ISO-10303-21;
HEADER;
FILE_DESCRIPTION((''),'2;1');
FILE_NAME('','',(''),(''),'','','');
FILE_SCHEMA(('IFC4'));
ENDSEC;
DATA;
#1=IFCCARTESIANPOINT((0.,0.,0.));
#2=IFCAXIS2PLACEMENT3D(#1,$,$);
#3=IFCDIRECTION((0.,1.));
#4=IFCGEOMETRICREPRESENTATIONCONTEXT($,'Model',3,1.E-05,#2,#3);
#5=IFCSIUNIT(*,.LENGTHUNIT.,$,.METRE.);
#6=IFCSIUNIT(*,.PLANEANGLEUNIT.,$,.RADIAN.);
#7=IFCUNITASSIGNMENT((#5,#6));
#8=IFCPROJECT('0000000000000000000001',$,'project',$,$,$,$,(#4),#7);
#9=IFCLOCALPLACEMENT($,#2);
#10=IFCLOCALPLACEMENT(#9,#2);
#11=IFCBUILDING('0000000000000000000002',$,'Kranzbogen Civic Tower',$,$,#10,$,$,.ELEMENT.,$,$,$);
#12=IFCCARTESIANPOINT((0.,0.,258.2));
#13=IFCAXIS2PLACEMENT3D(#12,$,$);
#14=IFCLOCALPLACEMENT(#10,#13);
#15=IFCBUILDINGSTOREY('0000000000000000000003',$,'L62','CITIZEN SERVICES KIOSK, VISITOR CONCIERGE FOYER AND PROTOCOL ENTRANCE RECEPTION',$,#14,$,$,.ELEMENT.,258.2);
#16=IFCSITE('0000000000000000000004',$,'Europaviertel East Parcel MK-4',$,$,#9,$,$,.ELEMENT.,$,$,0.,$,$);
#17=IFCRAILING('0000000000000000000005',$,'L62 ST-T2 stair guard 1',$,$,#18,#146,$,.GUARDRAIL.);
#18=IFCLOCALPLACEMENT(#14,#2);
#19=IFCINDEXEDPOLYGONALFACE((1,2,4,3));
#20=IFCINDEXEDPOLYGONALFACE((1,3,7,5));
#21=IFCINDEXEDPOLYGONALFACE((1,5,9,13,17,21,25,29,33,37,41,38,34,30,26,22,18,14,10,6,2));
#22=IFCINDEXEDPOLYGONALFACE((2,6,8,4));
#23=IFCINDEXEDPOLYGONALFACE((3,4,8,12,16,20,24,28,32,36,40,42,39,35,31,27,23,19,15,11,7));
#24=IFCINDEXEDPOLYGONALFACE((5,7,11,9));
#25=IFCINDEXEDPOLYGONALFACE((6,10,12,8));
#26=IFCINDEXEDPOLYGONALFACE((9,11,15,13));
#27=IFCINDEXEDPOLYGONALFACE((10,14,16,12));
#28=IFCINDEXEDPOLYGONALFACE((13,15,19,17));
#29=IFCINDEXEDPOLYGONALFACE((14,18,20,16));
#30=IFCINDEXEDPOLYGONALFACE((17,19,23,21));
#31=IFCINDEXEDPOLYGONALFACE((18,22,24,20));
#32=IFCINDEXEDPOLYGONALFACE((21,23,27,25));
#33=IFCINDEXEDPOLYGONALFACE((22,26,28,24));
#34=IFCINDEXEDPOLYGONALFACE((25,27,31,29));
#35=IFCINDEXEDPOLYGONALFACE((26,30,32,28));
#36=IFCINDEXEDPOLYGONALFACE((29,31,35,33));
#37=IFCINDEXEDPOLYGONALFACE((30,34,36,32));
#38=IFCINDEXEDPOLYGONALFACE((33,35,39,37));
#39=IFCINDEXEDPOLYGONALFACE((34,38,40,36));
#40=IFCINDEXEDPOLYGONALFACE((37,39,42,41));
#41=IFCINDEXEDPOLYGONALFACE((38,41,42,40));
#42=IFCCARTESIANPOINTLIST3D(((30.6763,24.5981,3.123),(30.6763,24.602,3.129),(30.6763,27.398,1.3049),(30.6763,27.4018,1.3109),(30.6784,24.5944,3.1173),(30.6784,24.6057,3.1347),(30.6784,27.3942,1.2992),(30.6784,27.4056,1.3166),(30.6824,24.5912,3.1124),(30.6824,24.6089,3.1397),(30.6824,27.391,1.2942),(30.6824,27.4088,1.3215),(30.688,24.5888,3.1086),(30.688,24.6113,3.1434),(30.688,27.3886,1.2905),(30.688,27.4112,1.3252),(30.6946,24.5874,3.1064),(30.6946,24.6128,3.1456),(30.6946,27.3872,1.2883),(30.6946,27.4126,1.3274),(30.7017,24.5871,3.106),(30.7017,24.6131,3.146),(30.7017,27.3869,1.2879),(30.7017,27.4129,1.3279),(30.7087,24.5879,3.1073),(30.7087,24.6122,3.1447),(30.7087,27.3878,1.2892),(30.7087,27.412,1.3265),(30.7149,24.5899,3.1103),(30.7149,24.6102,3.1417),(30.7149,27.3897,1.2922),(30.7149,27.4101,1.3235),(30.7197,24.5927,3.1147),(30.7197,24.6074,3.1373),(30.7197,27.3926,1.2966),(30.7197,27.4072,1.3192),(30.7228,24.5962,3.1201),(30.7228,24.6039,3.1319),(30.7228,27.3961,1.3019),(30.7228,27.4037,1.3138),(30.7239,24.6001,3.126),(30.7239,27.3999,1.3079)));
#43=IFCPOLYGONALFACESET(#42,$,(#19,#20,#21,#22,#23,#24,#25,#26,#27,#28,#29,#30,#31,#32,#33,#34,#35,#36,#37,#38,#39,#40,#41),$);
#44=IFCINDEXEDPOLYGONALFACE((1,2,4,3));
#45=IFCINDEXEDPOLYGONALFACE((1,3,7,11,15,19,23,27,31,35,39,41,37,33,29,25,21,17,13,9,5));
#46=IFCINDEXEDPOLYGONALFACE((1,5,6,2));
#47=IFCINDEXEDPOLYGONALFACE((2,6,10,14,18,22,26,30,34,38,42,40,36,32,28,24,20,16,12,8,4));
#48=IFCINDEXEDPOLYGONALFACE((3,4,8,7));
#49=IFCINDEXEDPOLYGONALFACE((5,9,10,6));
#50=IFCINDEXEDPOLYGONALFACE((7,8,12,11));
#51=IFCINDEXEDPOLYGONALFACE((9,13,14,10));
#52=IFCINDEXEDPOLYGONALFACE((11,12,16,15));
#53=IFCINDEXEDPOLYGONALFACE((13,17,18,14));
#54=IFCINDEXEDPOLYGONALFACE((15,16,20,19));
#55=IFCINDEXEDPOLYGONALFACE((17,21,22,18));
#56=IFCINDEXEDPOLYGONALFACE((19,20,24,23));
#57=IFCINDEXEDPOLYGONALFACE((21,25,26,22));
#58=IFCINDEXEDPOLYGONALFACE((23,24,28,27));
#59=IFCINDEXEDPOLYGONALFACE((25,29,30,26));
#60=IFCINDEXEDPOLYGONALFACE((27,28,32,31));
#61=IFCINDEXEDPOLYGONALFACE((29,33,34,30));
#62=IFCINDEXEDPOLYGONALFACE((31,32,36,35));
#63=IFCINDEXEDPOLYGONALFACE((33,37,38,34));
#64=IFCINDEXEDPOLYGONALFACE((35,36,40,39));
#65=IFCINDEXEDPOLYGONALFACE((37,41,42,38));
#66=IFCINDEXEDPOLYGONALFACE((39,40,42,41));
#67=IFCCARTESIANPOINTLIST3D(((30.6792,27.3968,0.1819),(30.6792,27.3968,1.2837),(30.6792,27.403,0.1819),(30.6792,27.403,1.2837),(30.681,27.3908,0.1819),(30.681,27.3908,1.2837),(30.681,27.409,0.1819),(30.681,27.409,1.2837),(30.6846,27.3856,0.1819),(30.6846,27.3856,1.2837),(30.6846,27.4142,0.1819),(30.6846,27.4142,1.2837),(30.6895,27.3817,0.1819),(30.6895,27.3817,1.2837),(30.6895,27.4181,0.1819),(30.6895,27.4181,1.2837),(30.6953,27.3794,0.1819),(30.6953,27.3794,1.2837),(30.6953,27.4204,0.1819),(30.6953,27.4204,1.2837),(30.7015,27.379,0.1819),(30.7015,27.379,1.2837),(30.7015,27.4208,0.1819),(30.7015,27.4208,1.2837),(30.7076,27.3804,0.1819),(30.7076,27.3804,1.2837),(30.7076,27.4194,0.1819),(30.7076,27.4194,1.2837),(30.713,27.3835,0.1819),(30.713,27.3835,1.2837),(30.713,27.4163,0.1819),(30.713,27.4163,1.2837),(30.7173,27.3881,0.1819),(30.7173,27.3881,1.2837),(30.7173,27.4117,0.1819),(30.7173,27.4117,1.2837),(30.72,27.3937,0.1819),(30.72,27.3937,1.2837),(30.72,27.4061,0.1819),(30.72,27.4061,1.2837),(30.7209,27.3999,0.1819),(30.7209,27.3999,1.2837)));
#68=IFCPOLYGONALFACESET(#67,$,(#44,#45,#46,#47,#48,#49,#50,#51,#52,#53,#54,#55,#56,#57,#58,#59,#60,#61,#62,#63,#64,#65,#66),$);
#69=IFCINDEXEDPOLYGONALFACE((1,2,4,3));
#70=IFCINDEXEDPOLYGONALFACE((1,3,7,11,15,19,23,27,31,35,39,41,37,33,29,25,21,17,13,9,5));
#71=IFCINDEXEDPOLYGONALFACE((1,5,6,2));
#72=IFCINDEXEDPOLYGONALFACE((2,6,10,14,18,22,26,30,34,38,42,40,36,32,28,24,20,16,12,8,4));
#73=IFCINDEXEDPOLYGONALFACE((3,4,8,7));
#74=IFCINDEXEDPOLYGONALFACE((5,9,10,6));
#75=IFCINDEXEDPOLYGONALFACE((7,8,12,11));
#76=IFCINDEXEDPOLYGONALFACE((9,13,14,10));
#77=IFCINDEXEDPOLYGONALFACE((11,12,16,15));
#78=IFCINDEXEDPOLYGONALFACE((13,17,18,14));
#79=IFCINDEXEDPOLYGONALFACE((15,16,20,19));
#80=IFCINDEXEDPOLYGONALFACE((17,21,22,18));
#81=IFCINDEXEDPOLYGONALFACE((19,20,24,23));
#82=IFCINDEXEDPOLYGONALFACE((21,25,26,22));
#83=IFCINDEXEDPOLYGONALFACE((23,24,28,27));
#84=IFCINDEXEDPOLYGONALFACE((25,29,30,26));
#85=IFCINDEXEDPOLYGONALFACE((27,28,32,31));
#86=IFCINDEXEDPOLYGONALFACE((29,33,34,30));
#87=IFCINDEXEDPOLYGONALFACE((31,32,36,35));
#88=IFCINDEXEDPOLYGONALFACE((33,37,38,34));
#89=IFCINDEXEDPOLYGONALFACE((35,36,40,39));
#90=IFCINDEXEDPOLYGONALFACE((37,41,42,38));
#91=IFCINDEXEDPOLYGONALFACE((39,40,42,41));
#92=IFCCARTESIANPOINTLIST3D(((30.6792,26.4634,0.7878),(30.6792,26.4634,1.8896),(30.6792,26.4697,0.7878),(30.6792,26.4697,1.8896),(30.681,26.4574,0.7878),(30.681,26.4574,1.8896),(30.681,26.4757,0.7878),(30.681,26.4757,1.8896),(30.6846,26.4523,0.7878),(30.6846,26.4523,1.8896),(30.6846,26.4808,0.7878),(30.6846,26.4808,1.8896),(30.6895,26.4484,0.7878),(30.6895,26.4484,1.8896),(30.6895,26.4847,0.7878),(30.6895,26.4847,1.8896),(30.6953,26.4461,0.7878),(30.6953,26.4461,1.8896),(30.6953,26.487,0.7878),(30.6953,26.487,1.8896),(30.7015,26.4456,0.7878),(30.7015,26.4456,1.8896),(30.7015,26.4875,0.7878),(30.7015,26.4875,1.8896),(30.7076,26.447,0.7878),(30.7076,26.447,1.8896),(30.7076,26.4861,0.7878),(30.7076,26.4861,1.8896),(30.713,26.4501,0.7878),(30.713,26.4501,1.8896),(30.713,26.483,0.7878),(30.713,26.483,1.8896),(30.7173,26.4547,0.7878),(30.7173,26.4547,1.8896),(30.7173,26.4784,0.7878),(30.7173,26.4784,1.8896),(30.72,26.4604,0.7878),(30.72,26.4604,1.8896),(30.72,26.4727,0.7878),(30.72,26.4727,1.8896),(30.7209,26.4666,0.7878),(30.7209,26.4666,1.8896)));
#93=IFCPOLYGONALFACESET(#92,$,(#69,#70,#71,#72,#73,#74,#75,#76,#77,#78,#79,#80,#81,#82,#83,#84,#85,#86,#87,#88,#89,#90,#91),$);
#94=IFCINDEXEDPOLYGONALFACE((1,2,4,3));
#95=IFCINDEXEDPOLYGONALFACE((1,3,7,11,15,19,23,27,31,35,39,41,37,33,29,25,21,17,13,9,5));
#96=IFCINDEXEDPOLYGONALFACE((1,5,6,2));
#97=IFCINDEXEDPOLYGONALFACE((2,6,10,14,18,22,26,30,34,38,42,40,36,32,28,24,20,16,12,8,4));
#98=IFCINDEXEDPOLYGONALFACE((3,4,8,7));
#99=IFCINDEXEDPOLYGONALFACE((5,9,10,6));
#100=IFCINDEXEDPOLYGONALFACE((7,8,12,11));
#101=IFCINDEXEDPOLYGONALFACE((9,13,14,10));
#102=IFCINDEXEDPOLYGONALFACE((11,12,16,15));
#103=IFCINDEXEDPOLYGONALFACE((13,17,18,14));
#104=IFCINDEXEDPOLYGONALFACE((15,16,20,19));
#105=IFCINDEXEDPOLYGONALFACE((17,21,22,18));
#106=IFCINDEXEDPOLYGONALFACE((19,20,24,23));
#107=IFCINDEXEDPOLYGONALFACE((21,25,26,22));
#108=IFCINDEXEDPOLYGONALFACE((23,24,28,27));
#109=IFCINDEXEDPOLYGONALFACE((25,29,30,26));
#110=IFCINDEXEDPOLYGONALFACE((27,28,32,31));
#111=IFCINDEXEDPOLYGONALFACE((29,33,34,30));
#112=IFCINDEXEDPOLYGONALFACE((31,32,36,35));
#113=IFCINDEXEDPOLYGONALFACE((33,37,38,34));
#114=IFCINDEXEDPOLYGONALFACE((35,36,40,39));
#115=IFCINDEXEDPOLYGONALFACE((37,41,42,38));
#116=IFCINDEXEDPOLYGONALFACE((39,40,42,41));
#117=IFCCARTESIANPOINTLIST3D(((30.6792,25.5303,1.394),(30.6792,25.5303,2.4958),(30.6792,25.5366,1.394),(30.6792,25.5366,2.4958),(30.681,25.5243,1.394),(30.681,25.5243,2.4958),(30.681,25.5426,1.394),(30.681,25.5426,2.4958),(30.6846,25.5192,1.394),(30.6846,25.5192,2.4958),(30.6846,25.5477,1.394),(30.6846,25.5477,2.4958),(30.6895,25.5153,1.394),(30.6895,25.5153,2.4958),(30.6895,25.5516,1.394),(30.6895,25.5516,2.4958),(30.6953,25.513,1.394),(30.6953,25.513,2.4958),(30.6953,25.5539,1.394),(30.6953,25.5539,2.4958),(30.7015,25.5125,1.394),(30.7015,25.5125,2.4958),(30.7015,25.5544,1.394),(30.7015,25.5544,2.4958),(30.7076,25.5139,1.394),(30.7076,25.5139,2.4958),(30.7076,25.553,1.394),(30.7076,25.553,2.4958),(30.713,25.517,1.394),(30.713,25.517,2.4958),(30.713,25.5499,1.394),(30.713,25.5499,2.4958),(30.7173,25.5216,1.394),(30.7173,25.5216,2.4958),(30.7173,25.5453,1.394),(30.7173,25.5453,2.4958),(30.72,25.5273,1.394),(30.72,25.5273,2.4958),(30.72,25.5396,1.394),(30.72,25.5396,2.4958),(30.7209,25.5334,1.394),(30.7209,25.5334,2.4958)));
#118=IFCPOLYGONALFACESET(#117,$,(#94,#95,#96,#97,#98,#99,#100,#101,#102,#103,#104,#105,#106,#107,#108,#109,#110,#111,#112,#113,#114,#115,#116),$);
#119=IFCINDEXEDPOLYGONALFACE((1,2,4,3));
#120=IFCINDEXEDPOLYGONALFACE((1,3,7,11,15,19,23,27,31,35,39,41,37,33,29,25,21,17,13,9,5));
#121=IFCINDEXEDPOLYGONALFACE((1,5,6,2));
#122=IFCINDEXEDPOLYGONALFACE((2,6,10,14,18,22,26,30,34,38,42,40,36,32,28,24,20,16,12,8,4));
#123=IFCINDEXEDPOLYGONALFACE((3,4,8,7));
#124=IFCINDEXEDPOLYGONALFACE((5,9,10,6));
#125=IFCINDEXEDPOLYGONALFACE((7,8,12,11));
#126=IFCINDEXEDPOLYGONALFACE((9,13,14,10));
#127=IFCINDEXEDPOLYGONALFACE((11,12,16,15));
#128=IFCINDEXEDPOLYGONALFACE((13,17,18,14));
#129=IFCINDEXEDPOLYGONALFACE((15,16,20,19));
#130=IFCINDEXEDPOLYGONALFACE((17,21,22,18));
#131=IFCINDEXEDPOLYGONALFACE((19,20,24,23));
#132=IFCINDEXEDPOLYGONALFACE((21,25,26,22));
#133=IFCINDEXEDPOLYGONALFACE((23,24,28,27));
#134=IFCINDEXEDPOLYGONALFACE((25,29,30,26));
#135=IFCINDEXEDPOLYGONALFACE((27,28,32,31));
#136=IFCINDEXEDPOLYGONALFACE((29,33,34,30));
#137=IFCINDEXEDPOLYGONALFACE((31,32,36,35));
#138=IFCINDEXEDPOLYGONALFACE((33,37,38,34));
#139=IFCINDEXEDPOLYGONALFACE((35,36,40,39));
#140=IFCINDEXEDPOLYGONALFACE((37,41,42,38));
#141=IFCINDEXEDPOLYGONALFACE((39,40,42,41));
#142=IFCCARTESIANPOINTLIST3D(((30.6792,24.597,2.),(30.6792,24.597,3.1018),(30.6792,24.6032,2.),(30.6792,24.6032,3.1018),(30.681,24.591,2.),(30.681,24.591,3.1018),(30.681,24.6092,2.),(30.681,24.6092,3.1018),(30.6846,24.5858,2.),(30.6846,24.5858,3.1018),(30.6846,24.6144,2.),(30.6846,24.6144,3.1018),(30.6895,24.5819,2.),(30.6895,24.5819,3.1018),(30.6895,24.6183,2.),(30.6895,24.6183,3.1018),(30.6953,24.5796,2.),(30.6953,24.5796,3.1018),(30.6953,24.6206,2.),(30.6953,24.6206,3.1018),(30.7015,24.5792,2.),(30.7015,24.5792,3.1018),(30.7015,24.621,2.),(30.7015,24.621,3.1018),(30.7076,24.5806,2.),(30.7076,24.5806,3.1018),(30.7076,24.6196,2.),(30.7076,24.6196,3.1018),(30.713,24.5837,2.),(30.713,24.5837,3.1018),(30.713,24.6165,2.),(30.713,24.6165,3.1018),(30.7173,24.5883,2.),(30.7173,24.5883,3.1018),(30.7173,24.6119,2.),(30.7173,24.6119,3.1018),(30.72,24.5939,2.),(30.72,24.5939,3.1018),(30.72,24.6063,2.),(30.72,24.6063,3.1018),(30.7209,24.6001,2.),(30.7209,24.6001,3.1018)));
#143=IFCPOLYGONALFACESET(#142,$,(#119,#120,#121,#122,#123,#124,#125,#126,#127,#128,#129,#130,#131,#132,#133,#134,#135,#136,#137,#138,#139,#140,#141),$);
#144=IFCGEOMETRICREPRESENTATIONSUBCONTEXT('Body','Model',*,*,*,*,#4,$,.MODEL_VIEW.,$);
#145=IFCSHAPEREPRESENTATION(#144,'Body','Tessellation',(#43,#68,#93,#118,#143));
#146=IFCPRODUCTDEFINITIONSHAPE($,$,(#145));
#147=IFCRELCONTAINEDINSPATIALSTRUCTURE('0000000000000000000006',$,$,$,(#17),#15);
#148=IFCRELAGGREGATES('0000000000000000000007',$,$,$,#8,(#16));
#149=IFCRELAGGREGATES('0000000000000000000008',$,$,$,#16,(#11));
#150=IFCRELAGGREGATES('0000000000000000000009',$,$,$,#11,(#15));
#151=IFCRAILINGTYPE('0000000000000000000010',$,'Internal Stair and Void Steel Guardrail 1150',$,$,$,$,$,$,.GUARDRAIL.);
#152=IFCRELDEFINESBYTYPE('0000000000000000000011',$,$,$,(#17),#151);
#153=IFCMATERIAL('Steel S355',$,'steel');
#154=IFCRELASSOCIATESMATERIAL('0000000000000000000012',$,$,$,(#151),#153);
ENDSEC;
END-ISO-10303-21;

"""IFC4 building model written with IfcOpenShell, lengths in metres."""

from ifc_helpers import new_model, si_unit, direction, frame, origin, origin_2d, place, context, subcontext, project, spatial, circle, extrude, material, type_object, element, save


model = new_model("IFC4")

# Units and contexts
model_context = context("Model", 3, precision=1e-05, world=origin(), true_north=direction((0.0, 1.0)))
body_context = subcontext(model_context, "Body", "Model", "MODEL_VIEW")
ifc_project = project(units=[si_unit("LENGTHUNIT", "METRE"), si_unit("PLANEANGLEUNIT", "RADIAN")], contexts=[model_context])

# Site, building, storey
site_placement = place(None, origin())
site = spatial("IfcSite", under=ifc_project, at=site_placement, Name="Europaviertel East Parcel MK-4", CompositionType="ELEMENT", RefElevation=0.0)
building_placement = place(site_placement, origin())
building = spatial("IfcBuilding", under=site, at=building_placement, Name="Kranzbogen Civic Tower", CompositionType="ELEMENT")
storey_placement = place(building_placement, frame((0.0, 0.0, 258.2)))
storey = spatial("IfcBuildingStorey", under=building, at=storey_placement, Name="L62", Description="CITIZEN SERVICES KIOSK, VISITOR CONCIERGE FOYER AND PROTOCOL ENTRANCE RECEPTION", CompositionType="ELEMENT", Elevation=258.2)

# Shared definitions
ifc_material_1 = material(Name="Steel S355", Category="steel")

# Railing
railing_type_1 = type_object("IfcRailingType", Name="Internal Stair and Void Steel Guardrail 1150", PredefinedType="GUARDRAIL", material=ifc_material_1)
railing_1_placement = place(storey_placement, frame((30.7, 27.3999, 0.1819)))
element("IfcRailing", 1, at=railing_1_placement, inside=storey, type_object=railing_type_1, Name="L62 ST-T2 stair guard 1", PredefinedType="GUARDRAIL", context=body_context, shape_type="SweptSolid", body=[
    extrude(circle(Radius=0.0239, at=origin_2d()), frame((0.0, 0.0, 1.126), z_axis=(0.0, -0.838684, 0.544618), x_axis=(1.0, 0.0, 0.0)), (0.0, 0.0, 1.0), 3.3384),
    extrude(circle(Radius=0.021, at=origin_2d()), origin(), (0.0, 0.0, 1.0), 1.1018),
    extrude(circle(Radius=0.021, at=origin_2d()), frame((0.0, -0.9333, 0.606)), (0.0, 0.0, 1.0), 1.1018),
    extrude(circle(Radius=0.021, at=origin_2d()), frame((0.0, -1.8665, 1.2122)), (0.0, 0.0, 1.0), 1.1018),
    extrude(circle(Radius=0.021, at=origin_2d()), frame((0.0, -2.7998, 1.8181)), (0.0, 0.0, 1.0), 1.1018),
])

save(model, "model.ifc")
